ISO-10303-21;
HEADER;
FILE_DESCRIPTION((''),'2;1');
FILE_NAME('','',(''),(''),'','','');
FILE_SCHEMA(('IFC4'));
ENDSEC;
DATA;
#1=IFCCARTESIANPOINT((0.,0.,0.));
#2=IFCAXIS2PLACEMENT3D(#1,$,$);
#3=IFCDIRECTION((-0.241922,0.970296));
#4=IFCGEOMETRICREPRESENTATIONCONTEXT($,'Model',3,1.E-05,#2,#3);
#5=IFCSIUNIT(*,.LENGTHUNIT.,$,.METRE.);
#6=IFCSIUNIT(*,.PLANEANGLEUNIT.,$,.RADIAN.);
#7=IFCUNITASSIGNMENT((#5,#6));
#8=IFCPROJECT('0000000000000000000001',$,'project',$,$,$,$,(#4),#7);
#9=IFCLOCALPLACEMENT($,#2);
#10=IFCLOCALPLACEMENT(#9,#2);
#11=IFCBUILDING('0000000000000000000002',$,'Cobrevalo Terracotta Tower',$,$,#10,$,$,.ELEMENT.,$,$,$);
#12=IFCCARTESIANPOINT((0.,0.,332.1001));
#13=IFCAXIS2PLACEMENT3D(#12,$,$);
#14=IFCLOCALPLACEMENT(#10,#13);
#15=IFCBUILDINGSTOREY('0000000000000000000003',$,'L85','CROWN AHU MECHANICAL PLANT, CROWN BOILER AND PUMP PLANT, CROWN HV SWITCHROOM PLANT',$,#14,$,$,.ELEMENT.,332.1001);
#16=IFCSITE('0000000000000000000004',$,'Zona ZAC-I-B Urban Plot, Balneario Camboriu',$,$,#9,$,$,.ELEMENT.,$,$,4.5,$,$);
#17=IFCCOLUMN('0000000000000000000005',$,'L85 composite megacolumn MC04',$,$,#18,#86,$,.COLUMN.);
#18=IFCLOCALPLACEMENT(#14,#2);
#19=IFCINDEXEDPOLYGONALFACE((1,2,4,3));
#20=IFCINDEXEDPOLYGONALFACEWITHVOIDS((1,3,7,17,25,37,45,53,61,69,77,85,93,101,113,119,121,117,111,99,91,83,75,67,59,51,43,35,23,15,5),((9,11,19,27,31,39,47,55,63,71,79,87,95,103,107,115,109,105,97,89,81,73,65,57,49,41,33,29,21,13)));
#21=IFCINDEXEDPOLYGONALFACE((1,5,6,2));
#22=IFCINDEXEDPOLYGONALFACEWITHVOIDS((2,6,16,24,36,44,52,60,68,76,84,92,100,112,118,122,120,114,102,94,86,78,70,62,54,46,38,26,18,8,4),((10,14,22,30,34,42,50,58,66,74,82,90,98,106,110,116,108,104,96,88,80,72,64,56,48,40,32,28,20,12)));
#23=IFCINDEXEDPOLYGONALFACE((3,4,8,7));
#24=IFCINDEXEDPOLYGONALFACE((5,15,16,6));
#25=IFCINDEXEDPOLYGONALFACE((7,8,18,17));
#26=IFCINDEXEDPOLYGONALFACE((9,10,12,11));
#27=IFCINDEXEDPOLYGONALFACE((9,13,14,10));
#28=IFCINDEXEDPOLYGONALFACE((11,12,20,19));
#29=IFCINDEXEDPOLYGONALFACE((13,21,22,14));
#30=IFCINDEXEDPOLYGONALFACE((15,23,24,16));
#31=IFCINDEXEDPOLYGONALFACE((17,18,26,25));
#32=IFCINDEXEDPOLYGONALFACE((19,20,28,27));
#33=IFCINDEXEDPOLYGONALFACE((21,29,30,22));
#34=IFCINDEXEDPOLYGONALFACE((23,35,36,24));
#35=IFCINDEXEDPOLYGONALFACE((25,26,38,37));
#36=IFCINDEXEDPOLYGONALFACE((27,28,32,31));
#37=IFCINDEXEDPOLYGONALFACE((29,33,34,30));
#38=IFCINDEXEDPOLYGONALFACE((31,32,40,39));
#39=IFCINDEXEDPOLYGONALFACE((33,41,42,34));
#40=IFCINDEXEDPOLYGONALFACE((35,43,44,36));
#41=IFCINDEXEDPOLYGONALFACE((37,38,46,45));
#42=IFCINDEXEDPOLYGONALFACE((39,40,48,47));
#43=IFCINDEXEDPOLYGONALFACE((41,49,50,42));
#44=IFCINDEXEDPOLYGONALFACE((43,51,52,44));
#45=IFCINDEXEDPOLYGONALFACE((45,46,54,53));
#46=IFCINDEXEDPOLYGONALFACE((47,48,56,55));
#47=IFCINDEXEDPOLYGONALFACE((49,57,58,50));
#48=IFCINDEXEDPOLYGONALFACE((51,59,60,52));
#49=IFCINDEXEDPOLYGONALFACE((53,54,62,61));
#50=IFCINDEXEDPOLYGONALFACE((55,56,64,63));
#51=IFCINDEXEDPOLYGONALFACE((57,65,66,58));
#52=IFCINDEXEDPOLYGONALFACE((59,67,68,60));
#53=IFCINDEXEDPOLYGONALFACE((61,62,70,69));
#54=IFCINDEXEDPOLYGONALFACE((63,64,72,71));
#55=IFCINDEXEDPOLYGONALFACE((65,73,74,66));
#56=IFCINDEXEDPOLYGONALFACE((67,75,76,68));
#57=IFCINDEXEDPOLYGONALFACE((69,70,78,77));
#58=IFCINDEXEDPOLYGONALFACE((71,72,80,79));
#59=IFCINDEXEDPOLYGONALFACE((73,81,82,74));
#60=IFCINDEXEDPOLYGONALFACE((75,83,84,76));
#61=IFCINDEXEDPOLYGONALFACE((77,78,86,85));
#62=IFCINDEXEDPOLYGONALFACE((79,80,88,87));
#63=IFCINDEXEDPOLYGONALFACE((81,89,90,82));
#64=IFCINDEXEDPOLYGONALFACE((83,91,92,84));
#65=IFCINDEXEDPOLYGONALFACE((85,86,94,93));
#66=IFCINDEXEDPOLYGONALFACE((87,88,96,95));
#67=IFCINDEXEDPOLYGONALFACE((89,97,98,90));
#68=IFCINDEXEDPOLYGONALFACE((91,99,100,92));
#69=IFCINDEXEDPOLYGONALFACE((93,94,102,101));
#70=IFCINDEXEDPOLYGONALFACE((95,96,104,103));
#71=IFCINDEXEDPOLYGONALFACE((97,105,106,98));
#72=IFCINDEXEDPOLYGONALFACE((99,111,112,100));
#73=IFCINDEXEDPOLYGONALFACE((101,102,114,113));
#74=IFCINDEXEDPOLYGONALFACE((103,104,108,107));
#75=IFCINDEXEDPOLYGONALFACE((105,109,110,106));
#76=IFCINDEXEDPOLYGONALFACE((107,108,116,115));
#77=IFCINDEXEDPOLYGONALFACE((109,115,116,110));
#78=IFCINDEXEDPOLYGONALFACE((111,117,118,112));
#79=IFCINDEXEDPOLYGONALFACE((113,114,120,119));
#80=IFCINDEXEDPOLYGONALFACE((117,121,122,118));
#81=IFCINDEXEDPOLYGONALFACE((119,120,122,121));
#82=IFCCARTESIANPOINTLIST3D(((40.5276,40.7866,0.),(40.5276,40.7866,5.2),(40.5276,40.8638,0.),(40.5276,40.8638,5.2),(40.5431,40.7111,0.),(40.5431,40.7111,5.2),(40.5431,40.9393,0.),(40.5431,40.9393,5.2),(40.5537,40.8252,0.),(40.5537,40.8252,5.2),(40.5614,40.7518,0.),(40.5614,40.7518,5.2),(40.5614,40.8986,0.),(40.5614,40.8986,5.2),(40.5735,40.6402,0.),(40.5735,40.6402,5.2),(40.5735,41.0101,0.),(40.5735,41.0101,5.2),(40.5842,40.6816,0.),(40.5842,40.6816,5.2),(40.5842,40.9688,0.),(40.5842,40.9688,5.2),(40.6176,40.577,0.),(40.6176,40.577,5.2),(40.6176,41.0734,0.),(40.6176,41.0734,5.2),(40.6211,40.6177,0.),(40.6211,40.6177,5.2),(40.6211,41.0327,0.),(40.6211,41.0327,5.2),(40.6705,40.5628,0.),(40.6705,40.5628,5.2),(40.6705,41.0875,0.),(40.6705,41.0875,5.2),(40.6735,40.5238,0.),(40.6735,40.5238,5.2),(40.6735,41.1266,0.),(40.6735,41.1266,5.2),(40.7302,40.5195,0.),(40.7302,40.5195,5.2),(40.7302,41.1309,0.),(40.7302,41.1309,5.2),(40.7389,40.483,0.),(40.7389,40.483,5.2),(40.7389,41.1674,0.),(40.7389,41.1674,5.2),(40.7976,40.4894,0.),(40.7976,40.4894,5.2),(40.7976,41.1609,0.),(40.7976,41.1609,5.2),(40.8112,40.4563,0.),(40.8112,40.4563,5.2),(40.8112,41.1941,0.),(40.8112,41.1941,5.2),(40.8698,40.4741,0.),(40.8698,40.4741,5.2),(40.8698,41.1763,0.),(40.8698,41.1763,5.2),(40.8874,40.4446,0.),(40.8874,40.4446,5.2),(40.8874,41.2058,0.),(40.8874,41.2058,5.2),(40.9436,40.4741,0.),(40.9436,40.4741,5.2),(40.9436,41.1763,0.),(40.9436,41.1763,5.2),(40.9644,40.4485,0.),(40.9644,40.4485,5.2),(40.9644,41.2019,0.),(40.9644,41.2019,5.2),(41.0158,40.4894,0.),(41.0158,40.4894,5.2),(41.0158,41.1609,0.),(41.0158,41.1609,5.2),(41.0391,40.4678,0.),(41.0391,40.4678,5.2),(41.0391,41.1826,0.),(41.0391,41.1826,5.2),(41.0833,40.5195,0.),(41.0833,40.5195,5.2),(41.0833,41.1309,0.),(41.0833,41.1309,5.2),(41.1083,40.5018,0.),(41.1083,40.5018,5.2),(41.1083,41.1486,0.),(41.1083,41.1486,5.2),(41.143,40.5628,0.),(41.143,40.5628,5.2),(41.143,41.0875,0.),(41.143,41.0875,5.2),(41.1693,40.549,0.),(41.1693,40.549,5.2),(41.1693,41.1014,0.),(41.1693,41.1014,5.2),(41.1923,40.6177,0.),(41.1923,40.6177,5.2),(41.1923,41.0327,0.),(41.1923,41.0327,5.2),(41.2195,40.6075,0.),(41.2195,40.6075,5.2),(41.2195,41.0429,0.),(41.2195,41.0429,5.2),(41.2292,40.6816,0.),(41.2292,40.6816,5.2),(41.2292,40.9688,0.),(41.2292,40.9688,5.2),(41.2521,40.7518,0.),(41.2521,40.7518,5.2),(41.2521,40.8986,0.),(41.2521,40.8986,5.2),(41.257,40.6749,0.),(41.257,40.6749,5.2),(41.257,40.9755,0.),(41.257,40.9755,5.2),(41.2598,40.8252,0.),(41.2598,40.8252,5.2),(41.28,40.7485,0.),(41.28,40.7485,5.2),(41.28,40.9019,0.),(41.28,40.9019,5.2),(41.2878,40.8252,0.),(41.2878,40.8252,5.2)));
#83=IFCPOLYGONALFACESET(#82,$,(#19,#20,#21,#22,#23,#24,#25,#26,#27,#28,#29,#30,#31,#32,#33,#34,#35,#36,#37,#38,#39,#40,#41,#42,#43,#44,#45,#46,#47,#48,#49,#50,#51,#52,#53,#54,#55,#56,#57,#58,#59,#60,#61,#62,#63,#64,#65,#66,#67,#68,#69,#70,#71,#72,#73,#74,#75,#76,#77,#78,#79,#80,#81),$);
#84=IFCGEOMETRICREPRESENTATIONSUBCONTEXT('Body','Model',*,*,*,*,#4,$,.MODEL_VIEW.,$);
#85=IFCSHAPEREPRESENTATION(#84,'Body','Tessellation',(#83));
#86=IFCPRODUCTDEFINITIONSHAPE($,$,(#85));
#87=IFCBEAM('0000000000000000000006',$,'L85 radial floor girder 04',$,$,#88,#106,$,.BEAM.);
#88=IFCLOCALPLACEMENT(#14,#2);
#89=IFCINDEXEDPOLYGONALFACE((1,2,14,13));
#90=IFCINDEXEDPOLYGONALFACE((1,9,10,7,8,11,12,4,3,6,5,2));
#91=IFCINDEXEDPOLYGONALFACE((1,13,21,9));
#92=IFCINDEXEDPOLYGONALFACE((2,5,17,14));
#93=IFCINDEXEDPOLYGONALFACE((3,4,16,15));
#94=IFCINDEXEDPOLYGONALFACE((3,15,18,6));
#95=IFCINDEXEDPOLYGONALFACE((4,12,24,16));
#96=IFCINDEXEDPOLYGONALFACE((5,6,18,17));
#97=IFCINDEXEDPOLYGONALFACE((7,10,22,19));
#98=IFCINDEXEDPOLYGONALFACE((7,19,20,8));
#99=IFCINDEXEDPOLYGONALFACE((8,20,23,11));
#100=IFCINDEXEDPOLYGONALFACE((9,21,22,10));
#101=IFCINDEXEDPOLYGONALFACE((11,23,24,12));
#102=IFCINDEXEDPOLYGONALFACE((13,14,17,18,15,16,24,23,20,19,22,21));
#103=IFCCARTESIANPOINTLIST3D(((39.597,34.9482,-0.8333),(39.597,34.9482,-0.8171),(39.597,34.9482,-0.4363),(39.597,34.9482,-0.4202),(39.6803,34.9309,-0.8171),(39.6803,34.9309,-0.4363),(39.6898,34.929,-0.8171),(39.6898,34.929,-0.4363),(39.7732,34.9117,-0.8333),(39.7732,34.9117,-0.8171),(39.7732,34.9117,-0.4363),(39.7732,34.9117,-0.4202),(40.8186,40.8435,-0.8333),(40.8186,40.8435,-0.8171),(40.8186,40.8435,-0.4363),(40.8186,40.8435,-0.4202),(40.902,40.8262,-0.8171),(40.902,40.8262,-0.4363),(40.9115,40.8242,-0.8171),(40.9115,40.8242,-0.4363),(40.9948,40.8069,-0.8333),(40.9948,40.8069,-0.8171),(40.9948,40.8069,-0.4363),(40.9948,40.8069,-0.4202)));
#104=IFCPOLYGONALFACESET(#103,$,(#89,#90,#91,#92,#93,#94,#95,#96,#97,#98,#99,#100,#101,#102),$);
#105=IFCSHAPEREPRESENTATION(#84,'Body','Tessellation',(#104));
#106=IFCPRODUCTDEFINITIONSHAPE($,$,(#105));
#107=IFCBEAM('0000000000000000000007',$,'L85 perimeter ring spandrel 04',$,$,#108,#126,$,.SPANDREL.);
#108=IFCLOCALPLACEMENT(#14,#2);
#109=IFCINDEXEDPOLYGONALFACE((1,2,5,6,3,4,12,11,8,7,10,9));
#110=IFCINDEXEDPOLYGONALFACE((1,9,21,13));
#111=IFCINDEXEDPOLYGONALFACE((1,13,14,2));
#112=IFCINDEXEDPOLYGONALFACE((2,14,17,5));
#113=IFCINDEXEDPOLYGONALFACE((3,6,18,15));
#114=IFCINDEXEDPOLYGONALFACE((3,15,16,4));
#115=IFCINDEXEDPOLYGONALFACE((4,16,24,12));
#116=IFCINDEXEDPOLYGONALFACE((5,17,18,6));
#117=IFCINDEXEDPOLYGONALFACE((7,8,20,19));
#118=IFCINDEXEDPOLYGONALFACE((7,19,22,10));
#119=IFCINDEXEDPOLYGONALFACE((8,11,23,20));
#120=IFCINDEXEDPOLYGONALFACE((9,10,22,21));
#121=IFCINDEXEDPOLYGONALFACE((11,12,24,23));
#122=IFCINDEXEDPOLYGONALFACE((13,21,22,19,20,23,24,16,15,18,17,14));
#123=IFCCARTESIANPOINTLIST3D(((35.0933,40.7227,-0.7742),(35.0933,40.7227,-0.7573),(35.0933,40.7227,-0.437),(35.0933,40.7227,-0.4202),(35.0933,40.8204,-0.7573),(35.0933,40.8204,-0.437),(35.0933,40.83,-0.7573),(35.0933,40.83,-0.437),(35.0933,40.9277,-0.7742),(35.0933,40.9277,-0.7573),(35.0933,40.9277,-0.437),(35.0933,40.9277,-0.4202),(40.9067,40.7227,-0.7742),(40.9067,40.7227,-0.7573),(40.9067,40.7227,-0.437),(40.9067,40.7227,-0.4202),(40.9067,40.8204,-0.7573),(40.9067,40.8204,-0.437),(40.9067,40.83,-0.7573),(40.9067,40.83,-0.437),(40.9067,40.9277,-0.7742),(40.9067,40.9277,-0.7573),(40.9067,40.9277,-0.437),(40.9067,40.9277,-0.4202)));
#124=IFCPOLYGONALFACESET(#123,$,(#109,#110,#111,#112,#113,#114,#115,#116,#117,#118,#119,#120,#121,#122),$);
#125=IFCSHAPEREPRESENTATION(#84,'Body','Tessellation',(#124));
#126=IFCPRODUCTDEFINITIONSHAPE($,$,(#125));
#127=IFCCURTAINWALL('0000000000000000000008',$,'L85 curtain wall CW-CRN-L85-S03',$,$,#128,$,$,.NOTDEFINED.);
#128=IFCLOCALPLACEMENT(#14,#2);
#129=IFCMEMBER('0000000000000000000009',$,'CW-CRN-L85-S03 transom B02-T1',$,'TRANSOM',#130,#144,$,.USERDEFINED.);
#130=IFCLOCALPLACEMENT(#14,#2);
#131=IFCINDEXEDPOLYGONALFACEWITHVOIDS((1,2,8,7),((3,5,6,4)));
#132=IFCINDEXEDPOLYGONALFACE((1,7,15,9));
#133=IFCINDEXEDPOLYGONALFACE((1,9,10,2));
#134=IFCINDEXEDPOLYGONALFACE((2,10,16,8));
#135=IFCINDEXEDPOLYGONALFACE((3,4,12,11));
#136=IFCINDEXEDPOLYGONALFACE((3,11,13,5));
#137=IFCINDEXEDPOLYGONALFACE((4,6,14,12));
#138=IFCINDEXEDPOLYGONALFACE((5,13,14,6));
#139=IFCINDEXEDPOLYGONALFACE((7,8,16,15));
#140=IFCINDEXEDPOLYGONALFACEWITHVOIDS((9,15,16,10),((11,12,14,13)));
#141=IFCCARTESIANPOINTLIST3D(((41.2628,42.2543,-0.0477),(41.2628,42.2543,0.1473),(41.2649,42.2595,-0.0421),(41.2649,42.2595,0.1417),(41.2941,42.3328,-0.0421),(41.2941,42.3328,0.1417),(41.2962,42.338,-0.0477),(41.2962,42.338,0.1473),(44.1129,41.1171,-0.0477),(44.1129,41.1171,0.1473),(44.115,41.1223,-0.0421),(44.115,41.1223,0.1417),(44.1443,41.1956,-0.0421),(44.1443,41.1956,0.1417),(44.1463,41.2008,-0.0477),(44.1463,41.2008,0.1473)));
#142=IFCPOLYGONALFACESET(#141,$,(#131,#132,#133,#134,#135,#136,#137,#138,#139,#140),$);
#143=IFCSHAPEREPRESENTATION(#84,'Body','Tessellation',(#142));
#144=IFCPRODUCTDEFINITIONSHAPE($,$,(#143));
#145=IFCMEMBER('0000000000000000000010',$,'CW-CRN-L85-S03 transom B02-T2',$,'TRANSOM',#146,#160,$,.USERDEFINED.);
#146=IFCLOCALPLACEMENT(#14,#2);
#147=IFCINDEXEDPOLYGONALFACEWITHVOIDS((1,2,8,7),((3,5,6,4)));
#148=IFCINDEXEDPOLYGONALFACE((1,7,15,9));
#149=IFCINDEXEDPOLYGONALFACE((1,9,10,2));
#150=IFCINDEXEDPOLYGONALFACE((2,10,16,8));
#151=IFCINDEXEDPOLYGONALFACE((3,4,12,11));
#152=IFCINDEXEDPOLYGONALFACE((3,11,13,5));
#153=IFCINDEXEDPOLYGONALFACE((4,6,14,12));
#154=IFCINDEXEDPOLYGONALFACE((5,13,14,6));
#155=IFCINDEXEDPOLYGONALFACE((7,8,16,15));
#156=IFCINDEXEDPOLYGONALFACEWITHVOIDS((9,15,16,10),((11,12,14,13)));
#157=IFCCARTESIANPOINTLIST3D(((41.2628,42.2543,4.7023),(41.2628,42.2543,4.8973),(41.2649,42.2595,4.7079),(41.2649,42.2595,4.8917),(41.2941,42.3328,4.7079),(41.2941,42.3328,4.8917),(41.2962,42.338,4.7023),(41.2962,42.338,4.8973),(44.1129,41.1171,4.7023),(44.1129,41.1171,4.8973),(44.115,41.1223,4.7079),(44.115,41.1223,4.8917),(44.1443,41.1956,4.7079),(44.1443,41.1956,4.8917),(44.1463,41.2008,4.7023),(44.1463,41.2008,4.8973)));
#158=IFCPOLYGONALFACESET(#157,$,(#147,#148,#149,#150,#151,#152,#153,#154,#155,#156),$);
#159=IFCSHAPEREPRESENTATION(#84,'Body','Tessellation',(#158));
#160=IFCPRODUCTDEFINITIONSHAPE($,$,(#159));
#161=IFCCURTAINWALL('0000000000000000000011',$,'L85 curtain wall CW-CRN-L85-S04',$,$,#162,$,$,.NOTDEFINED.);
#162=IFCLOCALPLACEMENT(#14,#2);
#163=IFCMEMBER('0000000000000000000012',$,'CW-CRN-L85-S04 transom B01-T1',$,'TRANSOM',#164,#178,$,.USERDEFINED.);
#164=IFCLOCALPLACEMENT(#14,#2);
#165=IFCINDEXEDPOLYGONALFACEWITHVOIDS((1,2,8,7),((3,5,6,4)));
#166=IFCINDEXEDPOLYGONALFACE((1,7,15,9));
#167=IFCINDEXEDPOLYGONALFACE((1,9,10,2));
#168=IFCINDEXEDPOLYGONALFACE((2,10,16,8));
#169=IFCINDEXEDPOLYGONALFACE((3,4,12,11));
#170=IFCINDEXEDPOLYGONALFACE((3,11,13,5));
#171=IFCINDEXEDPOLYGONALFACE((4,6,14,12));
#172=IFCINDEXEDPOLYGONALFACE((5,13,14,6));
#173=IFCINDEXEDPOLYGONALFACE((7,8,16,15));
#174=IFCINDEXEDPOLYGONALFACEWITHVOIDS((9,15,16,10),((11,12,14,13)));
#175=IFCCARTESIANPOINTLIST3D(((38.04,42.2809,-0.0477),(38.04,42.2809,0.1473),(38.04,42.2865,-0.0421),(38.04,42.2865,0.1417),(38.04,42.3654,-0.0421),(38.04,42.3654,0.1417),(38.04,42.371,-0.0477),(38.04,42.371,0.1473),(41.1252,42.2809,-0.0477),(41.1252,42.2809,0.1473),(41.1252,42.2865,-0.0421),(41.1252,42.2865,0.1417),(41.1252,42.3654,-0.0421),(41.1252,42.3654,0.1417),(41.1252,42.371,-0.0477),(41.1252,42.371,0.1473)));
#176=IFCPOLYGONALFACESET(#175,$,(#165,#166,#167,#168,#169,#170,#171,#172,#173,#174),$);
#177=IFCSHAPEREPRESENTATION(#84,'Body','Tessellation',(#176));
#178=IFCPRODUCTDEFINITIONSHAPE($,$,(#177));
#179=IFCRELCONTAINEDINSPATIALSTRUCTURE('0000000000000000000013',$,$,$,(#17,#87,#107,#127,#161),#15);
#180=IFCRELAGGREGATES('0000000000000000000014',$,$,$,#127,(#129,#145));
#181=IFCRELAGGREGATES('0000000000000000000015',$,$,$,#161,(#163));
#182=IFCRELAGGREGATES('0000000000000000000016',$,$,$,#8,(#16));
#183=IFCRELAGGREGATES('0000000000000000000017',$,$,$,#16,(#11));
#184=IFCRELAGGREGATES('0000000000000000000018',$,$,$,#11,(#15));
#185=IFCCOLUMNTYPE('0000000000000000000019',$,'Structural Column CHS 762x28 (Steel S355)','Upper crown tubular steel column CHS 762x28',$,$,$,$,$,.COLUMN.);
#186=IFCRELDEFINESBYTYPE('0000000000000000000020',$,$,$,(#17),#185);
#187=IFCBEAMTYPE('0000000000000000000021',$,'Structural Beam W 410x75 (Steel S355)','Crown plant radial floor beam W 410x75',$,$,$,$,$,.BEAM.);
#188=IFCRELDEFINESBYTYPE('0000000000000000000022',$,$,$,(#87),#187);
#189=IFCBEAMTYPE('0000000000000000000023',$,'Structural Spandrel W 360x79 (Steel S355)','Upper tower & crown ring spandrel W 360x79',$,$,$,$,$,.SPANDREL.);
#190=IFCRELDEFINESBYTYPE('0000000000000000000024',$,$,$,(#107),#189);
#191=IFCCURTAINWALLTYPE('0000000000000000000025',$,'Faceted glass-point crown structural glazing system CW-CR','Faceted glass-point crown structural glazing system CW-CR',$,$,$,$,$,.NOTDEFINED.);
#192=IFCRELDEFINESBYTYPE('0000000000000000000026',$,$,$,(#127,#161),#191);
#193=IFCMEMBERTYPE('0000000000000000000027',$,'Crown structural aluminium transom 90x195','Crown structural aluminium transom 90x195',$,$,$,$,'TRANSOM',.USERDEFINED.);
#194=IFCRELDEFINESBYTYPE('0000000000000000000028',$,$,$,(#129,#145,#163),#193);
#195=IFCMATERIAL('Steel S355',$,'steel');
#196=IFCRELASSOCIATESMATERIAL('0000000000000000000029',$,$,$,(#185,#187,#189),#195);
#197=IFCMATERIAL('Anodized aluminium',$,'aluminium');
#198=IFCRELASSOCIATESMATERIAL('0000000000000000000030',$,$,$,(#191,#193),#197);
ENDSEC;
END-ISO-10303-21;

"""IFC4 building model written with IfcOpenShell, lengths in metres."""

from ifc_helpers import new_model, si_unit, direction, frame, origin, origin_2d, place, context, subcontext, project, spatial, hollow_rectangle, hollow_circle, i_section, extrude, source, transform, mapped, material, material_profile, profile_set, type_object, element, aggregate, save


model = new_model("IFC4")

# Units and contexts
model_context = context("Model", 3, precision=1e-05, world=origin(), true_north=direction((-0.241922, 0.970296)))
body_context = subcontext(model_context, "Body", "Model", "MODEL_VIEW")
ifc_project = project(units=[si_unit("LENGTHUNIT", "METRE"), si_unit("PLANEANGLEUNIT", "RADIAN")], contexts=[model_context])

# Site, building, storey
site_placement = place(None, origin())
site = spatial("IfcSite", under=ifc_project, at=site_placement, Name="Zona ZAC-I-B Urban Plot, Balneario Camboriu", CompositionType="ELEMENT", RefElevation=4.5)
building_placement = place(site_placement, origin())
building = spatial("IfcBuilding", under=site, at=building_placement, Name="Cobrevalo Terracotta Tower", CompositionType="ELEMENT")
storey_placement = place(building_placement, frame((0.0, 0.0, 332.1001)))
storey = spatial("IfcBuildingStorey", under=building, at=storey_placement, Name="L85", Description="CROWN AHU MECHANICAL PLANT, CROWN BOILER AND PUMP PLANT, CROWN HV SWITCHROOM PLANT", CompositionType="ELEMENT", Elevation=332.1001)

# Column
ifc_material_1 = material(Name="Steel S355", Category="steel")
ifc_material_profile_1 = material_profile(ifc_material_1, hollow_circle(Radius=0.3811, WallThickness=0.0281, at=origin_2d()), Name="CHS 762x28")
ifc_profile_set_1 = profile_set([ifc_material_profile_1], Name="Steel S355")
column_type = type_object("IfcColumnType", Name="Structural Column CHS 762x28 (Steel S355)", Description="Upper crown tubular steel column CHS 762x28", PredefinedType="COLUMN", material=ifc_profile_set_1)
column_placement = place(storey_placement, frame((40.9067, 40.8252, 0.0), z_axis=(0.0, 0.0, 1.0), x_axis=(1.0, 0.0, 0.0)))
element("IfcColumn", 1, at=column_placement, inside=storey, type_object=column_type, Name="L85 composite megacolumn MC04", PredefinedType="COLUMN", context=body_context, shape_type="SweptSolid", body=[
    extrude(hollow_circle(Radius=0.3811, WallThickness=0.0281, at=origin_2d()), origin(), (0.0, 0.0, 1.0), 5.2),
])

# Beams
ifc_material_profile_2 = material_profile(ifc_material_1, i_section(OverallWidth=0.1799, OverallDepth=0.4131, WebThickness=0.0098, FlangeThickness=0.0161, at=origin_2d()), Name="W 410x75")
ifc_profile_set_2 = profile_set([ifc_material_profile_2], Name="Steel S355")
beam_type_1 = type_object("IfcBeamType", Name="Structural Beam W 410x75 (Steel S355)", Description="Crown plant radial floor beam W 410x75", PredefinedType="BEAM", material=ifc_profile_set_2)
beam_1_placement = place(storey_placement, frame((40.9067, 40.8252, -0.6267), z_axis=(-0.202919, -0.979195, 0.0), x_axis=(0.979195, -0.202919, 0.0)))
element("IfcBeam", 2, at=beam_1_placement, inside=storey, type_object=beam_type_1, Name="L85 radial floor girder 04", PredefinedType="BEAM", context=body_context, shape_type="SweptSolid", body=[
    extrude(i_section(OverallWidth=0.1799, OverallDepth=0.4131, WebThickness=0.0098, FlangeThickness=0.0161, at=origin_2d()), origin(), (0.0, 0.0, 1.0), 6.0205),
])
ifc_material_profile_3 = material_profile(ifc_material_1, i_section(OverallWidth=0.2051, OverallDepth=0.354, WebThickness=0.0095, FlangeThickness=0.0168, at=origin_2d()), Name="W 360x79")
ifc_profile_set_3 = profile_set([ifc_material_profile_3], Name="Steel S355")
beam_type_2 = type_object("IfcBeamType", Name="Structural Spandrel W 360x79 (Steel S355)", Description="Upper tower & crown ring spandrel W 360x79", PredefinedType="SPANDREL", material=ifc_profile_set_3)
beam_2_placement = place(storey_placement, frame((40.9067, 40.8252, -0.5972), z_axis=(-1.0, 0.0, 0.0), x_axis=(0.0, -1.0, 0.0)))
element("IfcBeam", 3, at=beam_2_placement, inside=storey, type_object=beam_type_2, Name="L85 perimeter ring spandrel 04", PredefinedType="SPANDREL", context=body_context, shape_type="SweptSolid", body=[
    extrude(i_section(OverallWidth=0.2051, OverallDepth=0.354, WebThickness=0.0095, FlangeThickness=0.0168, at=origin_2d()), origin(), (0.0, 0.0, 1.0), 5.8135),
])

# Curtain walls, members
ifc_material_2 = material(Name="Anodized aluminium", Category="aluminium")
curtain_wall_type = type_object("IfcCurtainWallType", Name="Faceted glass-point crown structural glazing system CW-CR", Description="Faceted glass-point crown structural glazing system CW-CR", PredefinedType="NOTDEFINED", material=ifc_material_2)
curtain_wall_1_placement = place(storey_placement, origin())
curtain_wall_1 = element("IfcCurtainWall", 4, at=curtain_wall_1_placement, inside=storey, type_object=curtain_wall_type, Name="L85 curtain wall CW-CRN-L85-S03", PredefinedType="NOTDEFINED")
ifc_material_profile_4 = material_profile(ifc_material_2, hollow_rectangle(XDim=0.0901, YDim=0.1951, WallThickness=0.0056, at=origin_2d()), Name="CWT 90x195")
ifc_profile_set_4 = profile_set([ifc_material_profile_4], Name="Anodized aluminium")
member_type_1 = type_object("IfcMemberType", Name="Crown structural aluminium transom 90x195", Description="Crown structural aluminium transom 90x195", ElementType="TRANSOM", PredefinedType="USERDEFINED", material=ifc_profile_set_4)
shared_shape_1 = source(origin(), body_context, "Body", "SweptSolid", [
    extrude(hollow_rectangle(XDim=0.0901, YDim=0.1951, WallThickness=0.0056, at=origin_2d()), origin(), (0.0, 0.0, 1.0), 3.0686),
])
member_1_placement = place(storey_placement, frame((44.1296, 41.1589, 0.0498), z_axis=(-0.928795, 0.370595, 0.0), x_axis=(-0.370595, -0.928795, 0.0)))
member_1 = element("IfcMember", 5, at=member_1_placement, type_object=member_type_1, Name="CW-CRN-L85-S03 transom B02-T1", ObjectType="TRANSOM", PredefinedType="USERDEFINED", context=body_context, shape_type="MappedRepresentation", body=[
    mapped(shared_shape_1, transform((0.0, 0.0, 0.0), scale=1.0)),
])
member_2_placement = place(storey_placement, frame((44.1296, 41.1589, 4.7998), z_axis=(-0.928795, 0.370595, 0.0), x_axis=(-0.370595, -0.928795, 0.0)))
member_2 = element("IfcMember", 6, at=member_2_placement, type_object=member_type_1, Name="CW-CRN-L85-S03 transom B02-T2", ObjectType="TRANSOM", PredefinedType="USERDEFINED", context=body_context, shape_type="MappedRepresentation", body=[
    mapped(shared_shape_1, transform((0.0, 0.0, 0.0), scale=1.0)),
])
curtain_wall_2_placement = place(storey_placement, origin())
curtain_wall_2 = element("IfcCurtainWall", 7, at=curtain_wall_2_placement, inside=storey, type_object=curtain_wall_type, Name="L85 curtain wall CW-CRN-L85-S04", PredefinedType="NOTDEFINED")
shared_shape_2 = source(origin(), body_context, "Body", "SweptSolid", [
    extrude(hollow_rectangle(XDim=0.0901, YDim=0.1951, WallThickness=0.0056, at=origin_2d()), origin(), (0.0, 0.0, 1.0), 3.0852),
])
member_3_placement = place(storey_placement, frame((41.1252, 42.3259, 0.0498), z_axis=(-1.0, 0.0, 0.0), x_axis=(0.0, -1.0, 0.0)))
member_3 = element("IfcMember", 8, at=member_3_placement, type_object=member_type_1, Name="CW-CRN-L85-S04 transom B01-T1", ObjectType="TRANSOM", PredefinedType="USERDEFINED", context=body_context, shape_type="MappedRepresentation", body=[
    mapped(shared_shape_2, transform((0.0, 0.0, 0.0), scale=1.0)),
])

aggregate(curtain_wall_1, [member_1, member_2])
aggregate(curtain_wall_2, [member_3])

save(model, "model.ifc")
